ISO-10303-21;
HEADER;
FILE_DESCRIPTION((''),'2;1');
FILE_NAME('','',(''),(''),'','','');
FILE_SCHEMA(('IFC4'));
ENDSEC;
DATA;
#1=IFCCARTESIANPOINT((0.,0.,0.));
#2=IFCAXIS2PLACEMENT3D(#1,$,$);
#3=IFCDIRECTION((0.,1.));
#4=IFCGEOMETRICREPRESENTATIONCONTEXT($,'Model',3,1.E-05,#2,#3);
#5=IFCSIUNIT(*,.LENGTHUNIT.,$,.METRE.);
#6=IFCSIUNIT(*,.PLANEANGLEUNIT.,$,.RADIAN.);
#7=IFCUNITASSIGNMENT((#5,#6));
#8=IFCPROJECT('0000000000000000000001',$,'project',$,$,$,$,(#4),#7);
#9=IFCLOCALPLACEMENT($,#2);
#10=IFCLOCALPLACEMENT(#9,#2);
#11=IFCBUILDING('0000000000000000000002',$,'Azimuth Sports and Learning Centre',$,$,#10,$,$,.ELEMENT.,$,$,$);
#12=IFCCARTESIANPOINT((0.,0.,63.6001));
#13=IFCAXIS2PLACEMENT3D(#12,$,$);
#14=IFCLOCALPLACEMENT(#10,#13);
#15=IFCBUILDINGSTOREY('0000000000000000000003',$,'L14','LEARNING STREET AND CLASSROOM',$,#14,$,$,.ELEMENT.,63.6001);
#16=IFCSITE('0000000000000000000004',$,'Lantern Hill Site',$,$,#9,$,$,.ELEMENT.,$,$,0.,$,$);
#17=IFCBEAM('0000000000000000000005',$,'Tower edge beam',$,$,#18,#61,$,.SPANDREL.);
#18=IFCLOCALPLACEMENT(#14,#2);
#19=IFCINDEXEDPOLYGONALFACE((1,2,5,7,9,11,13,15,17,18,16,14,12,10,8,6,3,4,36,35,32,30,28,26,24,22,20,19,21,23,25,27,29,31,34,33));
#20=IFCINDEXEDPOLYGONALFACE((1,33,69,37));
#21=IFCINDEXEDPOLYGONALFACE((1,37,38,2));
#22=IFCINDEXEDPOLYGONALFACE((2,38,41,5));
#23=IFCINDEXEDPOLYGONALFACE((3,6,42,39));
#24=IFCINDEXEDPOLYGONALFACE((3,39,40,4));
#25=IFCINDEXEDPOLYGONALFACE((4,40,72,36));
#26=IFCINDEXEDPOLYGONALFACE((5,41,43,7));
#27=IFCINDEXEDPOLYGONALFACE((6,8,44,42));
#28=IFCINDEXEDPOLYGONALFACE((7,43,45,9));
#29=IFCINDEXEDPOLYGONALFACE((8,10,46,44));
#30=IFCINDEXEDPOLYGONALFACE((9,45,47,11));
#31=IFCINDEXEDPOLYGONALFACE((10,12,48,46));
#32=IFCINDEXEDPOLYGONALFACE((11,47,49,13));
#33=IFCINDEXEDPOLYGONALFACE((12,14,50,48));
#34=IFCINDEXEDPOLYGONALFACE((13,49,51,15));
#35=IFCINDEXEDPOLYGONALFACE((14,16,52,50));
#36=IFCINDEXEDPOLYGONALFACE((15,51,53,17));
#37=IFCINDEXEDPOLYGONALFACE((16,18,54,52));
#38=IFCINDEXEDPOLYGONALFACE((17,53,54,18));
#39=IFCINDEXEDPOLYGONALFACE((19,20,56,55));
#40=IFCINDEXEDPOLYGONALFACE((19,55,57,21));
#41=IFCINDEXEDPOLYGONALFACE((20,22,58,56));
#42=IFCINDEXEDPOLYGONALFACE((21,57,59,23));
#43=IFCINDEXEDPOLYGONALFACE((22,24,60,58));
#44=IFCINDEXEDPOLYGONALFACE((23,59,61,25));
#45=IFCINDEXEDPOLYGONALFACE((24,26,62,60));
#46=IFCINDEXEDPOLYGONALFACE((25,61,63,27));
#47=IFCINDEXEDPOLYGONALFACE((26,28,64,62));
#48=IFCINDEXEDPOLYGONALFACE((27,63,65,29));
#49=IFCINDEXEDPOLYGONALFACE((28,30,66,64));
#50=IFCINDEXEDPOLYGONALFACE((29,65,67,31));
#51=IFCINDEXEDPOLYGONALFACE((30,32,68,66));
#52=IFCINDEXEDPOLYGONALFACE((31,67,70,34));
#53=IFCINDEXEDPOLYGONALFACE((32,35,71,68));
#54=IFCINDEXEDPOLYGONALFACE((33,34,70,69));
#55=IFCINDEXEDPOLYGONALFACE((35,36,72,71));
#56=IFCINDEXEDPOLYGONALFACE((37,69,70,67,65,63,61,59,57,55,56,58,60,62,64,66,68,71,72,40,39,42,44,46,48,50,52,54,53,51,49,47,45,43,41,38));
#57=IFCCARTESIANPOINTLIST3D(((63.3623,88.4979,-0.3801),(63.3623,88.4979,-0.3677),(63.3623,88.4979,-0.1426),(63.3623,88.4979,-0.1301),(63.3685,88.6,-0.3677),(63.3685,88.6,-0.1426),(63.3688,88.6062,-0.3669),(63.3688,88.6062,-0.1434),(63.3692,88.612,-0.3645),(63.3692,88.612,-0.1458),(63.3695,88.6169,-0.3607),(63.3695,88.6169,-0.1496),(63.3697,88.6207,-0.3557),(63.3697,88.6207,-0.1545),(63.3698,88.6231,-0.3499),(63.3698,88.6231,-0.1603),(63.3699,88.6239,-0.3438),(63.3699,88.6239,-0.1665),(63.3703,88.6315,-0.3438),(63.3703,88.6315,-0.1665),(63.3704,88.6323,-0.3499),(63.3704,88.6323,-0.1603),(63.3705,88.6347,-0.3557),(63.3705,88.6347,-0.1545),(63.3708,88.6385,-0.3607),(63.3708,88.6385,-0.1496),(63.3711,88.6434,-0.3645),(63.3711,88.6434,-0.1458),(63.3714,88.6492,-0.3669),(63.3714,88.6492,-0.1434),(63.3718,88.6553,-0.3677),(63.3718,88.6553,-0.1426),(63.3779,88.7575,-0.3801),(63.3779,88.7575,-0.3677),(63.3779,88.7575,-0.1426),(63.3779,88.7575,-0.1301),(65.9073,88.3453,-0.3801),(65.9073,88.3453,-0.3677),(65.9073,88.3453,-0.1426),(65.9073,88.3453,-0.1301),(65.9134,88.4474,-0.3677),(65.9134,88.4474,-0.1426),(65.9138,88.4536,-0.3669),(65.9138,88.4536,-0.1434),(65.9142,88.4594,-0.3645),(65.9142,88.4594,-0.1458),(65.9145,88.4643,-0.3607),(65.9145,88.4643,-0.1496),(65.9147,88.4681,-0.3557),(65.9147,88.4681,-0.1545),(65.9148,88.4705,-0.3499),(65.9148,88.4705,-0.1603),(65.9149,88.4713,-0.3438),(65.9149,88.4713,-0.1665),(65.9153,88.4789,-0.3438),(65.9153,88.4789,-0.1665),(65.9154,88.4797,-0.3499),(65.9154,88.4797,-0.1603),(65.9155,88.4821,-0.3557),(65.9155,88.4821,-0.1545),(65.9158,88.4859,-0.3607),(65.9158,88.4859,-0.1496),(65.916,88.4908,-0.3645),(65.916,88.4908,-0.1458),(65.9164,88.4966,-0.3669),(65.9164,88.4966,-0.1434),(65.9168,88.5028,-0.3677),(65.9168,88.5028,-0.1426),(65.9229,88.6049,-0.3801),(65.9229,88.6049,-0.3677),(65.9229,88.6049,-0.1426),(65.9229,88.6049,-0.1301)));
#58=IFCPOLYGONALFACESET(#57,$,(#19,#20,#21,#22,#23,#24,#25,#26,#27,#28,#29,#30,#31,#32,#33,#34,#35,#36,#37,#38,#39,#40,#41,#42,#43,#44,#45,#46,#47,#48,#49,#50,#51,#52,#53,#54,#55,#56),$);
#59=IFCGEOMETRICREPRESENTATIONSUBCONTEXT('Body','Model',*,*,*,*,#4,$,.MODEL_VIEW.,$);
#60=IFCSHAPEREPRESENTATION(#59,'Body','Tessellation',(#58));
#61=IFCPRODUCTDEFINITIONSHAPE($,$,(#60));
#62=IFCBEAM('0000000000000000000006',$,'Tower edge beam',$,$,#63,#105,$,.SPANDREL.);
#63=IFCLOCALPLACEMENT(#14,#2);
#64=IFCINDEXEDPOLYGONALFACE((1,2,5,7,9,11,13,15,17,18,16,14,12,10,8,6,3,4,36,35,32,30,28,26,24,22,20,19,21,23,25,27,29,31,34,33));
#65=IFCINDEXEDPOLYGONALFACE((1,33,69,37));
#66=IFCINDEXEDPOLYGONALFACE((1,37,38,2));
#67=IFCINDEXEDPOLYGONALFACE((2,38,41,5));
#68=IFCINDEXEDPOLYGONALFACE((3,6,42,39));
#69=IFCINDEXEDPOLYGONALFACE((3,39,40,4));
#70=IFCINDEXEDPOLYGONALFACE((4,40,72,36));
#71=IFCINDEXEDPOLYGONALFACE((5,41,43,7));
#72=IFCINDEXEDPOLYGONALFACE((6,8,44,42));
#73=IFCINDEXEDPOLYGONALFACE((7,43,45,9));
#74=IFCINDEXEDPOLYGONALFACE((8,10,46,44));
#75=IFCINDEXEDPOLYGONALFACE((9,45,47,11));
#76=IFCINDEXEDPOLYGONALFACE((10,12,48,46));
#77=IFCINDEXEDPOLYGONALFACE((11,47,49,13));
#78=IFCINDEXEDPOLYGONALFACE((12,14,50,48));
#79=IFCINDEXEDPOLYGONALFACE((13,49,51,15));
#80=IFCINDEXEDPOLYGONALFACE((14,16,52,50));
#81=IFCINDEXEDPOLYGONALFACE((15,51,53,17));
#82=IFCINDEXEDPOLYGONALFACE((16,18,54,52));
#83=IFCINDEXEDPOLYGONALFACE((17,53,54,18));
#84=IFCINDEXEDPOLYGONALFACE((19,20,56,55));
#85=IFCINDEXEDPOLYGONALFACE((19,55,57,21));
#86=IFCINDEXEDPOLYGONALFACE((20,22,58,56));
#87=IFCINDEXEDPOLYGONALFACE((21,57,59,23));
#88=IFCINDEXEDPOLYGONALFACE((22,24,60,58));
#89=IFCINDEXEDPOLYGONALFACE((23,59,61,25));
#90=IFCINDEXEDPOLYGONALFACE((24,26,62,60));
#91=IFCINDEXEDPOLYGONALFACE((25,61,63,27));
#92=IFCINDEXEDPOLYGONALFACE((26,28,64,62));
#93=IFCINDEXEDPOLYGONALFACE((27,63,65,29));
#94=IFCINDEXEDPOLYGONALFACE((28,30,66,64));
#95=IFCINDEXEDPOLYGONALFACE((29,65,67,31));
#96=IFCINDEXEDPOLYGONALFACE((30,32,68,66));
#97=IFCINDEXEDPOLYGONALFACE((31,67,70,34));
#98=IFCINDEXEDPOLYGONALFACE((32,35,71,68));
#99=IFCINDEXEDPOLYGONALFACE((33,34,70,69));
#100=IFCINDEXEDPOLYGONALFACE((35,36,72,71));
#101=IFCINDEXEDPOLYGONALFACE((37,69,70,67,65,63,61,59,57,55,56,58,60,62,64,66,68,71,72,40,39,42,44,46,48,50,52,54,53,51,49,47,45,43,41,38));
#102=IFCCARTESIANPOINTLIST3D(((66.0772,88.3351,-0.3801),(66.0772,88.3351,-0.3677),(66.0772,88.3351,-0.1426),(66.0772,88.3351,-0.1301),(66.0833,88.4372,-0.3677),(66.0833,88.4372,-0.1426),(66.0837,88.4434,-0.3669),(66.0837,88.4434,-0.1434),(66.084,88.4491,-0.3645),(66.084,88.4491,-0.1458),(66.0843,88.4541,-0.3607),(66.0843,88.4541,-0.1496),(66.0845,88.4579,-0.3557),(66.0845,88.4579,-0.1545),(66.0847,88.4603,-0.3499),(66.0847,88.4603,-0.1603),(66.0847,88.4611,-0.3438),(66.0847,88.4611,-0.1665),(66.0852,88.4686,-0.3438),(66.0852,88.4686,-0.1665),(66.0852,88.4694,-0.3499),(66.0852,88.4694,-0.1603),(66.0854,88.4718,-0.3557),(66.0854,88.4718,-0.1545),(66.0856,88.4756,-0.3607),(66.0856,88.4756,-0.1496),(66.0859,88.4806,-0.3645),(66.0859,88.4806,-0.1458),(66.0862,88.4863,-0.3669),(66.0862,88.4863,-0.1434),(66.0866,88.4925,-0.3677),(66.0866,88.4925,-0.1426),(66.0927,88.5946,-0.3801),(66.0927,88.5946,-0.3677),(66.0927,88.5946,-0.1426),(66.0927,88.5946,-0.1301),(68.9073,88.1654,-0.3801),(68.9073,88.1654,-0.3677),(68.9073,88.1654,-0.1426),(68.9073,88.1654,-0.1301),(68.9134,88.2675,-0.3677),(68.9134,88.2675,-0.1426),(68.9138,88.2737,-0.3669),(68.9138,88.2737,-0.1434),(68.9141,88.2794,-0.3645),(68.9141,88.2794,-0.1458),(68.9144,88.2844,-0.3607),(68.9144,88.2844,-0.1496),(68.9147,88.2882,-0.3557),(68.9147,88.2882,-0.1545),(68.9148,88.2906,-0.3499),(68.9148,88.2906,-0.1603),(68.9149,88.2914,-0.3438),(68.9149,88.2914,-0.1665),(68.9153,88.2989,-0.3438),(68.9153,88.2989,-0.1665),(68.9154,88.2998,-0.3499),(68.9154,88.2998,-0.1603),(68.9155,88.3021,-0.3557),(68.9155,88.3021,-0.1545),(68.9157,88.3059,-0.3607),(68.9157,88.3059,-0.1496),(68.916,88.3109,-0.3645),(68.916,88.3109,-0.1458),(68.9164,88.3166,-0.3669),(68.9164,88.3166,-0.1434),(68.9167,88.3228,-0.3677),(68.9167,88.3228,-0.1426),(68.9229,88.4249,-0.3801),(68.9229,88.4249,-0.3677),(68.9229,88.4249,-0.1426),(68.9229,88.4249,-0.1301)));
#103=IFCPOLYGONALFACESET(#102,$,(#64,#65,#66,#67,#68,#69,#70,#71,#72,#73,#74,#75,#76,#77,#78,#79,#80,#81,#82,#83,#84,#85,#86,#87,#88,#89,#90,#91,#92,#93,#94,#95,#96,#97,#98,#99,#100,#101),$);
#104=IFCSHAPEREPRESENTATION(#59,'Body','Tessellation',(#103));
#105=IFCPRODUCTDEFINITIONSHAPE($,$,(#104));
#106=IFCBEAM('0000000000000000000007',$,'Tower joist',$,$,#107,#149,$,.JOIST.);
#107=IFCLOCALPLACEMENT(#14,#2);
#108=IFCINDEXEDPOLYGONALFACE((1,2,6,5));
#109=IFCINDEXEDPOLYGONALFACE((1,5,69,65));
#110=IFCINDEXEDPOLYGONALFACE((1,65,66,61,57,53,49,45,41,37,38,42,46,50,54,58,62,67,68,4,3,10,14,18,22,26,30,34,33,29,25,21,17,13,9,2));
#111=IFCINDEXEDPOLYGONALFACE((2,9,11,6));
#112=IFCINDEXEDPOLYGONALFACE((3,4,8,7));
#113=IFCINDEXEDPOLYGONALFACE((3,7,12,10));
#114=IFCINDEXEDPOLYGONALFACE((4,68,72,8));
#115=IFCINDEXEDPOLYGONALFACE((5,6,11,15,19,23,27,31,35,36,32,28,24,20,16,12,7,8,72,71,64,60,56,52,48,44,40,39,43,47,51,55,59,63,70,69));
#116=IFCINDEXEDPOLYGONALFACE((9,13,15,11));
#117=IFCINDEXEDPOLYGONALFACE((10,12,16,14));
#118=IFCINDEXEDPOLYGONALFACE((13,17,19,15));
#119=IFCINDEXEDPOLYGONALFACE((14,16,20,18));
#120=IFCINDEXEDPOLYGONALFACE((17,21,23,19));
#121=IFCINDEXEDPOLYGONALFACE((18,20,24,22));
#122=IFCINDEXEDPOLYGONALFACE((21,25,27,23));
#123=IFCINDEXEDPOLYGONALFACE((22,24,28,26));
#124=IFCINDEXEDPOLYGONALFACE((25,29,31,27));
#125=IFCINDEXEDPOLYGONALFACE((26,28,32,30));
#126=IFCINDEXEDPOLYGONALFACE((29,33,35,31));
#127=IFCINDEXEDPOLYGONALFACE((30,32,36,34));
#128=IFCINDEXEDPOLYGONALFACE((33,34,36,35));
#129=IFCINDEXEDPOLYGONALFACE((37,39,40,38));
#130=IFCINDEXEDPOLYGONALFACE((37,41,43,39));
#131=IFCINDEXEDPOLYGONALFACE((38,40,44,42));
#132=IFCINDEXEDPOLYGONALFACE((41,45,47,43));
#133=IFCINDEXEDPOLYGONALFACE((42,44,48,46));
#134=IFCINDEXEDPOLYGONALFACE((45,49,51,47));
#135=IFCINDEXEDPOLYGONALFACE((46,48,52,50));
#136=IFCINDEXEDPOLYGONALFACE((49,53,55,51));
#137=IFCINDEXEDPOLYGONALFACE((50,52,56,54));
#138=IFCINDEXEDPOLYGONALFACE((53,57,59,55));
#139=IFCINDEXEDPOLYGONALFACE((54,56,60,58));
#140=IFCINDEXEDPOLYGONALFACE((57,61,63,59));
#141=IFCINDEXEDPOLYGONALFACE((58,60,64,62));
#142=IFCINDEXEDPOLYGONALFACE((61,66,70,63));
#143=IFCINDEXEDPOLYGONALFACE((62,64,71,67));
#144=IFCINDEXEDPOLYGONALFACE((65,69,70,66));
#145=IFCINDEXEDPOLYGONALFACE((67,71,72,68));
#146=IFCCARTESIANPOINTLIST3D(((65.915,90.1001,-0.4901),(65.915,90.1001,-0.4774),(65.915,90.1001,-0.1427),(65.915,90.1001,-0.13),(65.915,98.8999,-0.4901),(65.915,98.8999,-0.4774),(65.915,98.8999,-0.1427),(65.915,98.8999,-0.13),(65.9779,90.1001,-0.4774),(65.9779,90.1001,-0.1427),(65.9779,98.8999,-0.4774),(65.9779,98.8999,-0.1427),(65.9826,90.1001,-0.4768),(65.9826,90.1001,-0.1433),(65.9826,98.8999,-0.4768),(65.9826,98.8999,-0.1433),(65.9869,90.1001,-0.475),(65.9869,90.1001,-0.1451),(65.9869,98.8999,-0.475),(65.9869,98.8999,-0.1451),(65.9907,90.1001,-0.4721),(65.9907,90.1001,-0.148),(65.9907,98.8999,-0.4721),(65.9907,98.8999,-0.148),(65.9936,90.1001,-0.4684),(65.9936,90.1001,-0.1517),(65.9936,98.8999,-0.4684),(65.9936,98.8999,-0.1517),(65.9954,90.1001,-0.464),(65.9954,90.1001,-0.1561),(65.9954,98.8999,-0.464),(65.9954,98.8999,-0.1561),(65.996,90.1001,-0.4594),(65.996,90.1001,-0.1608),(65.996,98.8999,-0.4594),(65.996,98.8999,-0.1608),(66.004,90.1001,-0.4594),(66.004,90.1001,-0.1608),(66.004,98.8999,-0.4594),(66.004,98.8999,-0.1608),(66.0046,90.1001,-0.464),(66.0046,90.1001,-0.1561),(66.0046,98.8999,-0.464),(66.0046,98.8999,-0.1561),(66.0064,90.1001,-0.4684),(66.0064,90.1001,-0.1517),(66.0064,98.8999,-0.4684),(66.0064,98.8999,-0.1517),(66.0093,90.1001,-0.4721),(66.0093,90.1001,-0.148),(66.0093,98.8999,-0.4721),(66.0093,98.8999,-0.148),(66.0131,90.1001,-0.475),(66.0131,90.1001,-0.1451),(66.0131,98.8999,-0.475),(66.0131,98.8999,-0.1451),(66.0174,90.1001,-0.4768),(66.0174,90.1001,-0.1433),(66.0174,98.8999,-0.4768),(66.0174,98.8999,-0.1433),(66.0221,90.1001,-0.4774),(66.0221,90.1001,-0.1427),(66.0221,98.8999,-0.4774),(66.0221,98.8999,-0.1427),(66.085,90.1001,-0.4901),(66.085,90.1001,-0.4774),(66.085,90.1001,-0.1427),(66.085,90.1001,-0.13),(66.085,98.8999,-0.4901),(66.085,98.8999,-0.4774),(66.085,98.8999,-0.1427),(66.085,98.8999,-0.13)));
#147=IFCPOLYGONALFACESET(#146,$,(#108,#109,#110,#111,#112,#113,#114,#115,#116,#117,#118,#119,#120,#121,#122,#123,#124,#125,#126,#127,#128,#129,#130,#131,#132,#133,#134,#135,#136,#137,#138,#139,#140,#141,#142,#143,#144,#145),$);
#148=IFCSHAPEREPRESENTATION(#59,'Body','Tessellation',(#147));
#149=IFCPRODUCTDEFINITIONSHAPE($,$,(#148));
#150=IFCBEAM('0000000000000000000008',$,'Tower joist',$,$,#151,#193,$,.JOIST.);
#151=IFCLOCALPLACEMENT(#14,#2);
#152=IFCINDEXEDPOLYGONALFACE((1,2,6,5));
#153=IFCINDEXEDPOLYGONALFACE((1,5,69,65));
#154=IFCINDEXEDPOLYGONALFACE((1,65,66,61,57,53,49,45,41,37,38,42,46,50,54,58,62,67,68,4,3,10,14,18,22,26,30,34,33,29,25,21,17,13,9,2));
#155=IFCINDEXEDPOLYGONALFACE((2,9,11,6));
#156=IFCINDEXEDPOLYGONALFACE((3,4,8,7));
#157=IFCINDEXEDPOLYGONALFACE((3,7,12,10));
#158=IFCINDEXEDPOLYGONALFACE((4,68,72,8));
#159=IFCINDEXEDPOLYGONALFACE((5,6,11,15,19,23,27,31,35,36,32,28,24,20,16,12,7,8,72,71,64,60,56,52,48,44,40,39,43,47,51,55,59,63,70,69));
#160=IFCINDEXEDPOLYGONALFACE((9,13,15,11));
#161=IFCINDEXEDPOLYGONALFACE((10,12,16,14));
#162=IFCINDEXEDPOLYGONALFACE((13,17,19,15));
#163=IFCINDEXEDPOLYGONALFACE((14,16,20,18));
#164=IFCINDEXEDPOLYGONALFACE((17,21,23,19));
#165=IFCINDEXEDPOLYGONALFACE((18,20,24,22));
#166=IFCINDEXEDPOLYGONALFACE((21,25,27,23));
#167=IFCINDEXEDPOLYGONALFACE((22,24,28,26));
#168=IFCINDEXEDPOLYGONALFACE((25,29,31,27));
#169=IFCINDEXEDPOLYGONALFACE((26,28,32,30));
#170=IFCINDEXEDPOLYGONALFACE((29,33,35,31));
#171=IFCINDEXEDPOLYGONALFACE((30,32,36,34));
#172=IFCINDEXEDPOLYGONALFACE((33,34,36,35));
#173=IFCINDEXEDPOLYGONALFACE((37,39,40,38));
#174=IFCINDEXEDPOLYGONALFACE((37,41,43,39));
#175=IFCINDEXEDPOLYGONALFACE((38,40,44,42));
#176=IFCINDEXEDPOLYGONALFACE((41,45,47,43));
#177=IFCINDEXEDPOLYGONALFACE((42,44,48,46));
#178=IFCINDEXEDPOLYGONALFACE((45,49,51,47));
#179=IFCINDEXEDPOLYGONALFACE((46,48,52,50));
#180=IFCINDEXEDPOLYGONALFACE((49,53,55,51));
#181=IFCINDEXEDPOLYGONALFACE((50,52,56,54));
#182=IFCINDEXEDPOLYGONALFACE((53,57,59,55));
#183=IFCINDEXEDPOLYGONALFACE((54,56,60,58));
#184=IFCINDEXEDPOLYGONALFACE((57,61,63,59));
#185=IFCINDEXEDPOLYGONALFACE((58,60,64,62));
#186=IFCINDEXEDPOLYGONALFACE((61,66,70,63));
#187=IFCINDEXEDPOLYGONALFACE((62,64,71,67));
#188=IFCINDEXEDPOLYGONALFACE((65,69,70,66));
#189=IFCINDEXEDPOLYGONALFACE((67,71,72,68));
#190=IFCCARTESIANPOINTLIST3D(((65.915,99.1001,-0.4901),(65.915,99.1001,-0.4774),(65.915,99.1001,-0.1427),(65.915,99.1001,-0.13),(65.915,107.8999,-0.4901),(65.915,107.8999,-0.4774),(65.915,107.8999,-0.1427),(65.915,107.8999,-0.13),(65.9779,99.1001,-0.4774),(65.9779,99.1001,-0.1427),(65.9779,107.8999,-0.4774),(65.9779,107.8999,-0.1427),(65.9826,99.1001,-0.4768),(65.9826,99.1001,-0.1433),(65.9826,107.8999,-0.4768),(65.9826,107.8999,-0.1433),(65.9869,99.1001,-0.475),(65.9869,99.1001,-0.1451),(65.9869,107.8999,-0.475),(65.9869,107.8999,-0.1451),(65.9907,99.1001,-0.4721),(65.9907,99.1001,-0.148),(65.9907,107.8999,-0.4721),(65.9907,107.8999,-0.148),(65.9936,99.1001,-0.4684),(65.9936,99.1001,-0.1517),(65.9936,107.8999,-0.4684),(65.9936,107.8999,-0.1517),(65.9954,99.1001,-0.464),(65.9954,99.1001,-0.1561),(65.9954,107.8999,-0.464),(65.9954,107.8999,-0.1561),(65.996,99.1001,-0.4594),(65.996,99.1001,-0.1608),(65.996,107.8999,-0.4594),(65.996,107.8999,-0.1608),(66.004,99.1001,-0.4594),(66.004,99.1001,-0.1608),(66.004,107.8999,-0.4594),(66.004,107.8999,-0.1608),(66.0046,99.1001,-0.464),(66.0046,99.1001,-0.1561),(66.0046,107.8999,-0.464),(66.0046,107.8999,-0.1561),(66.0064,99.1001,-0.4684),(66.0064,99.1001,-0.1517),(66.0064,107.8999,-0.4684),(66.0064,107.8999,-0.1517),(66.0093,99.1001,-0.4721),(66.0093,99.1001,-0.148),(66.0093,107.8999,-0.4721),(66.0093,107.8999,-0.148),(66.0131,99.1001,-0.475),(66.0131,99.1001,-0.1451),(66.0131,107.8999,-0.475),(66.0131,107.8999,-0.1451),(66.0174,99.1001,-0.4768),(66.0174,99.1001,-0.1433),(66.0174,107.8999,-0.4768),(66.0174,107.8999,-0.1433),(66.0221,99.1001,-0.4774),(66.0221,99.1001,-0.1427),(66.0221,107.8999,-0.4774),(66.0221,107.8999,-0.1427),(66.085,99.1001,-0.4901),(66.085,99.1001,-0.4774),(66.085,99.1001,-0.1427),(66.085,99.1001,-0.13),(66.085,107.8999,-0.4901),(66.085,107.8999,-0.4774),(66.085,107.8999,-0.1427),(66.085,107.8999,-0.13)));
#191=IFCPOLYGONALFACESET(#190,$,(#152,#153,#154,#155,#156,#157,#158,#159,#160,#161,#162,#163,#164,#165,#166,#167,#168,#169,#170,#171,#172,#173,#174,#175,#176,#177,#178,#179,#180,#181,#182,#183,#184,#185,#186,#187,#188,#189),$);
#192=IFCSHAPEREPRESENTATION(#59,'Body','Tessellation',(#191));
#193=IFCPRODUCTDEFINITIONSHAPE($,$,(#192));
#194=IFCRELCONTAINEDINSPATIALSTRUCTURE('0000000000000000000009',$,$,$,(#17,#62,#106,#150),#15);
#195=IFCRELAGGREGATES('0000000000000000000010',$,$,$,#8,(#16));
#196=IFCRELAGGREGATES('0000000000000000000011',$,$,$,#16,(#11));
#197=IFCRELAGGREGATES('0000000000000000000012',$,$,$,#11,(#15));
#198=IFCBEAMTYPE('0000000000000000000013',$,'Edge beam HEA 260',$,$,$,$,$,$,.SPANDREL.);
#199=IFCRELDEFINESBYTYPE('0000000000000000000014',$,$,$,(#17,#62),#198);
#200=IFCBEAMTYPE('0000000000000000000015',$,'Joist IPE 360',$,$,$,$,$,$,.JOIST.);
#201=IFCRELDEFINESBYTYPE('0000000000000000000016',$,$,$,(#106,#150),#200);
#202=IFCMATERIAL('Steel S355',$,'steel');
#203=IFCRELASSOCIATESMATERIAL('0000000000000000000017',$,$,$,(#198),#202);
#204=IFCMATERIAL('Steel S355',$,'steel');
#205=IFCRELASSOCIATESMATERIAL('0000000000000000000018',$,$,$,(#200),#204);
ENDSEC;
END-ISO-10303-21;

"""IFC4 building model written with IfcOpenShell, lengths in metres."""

from ifc_helpers import new_model, si_unit, direction, frame, origin, origin_2d, place, context, subcontext, project, spatial, i_section, extrude, material, material_profile, profile_set, type_object, element, save


model = new_model("IFC4")

# Units and contexts
model_context = context("Model", 3, precision=1e-05, world=origin(), true_north=direction((0.0, 1.0)))
body_context = subcontext(model_context, "Body", "Model", "MODEL_VIEW")
ifc_project = project(units=[si_unit("LENGTHUNIT", "METRE"), si_unit("PLANEANGLEUNIT", "RADIAN")], contexts=[model_context])

# Site, building, storey
site_placement = place(None, origin())
site = spatial("IfcSite", under=ifc_project, at=site_placement, Name="Lantern Hill Site", CompositionType="ELEMENT", RefElevation=0.0)
building_placement = place(site_placement, origin())
building = spatial("IfcBuilding", under=site, at=building_placement, Name="Azimuth Sports and Learning Centre", CompositionType="ELEMENT")
storey_placement = place(building_placement, frame((0.0, 0.0, 63.6001)))
storey = spatial("IfcBuildingStorey", under=building, at=storey_placement, Name="L14", Description="LEARNING STREET AND CLASSROOM", CompositionType="ELEMENT", Elevation=63.6001)

# Beams
ifc_material_1 = material(Name="Steel S355", Category="steel")
ifc_material_profile_1 = material_profile(ifc_material_1, i_section(OverallWidth=0.26, OverallDepth=0.25, WebThickness=0.0076, FlangeThickness=0.0125, FilletRadius=0.0239, at=origin_2d()), Name="HEA 260")
ifc_profile_set_1 = profile_set([ifc_material_profile_1], Name="Steel S355")
beam_type_1 = type_object("IfcBeamType", Name="Edge beam HEA 260", PredefinedType="SPANDREL", material=ifc_profile_set_1)
beam_1_placement = place(storey_placement, frame((63.3701, 88.6277, -0.2551), z_axis=(0.998207, -0.05985, 0.0), x_axis=(0.05985, 0.998207, 0.0)))
element("IfcBeam", 1, at=beam_1_placement, inside=storey, type_object=beam_type_1, Name="Tower edge beam", PredefinedType="SPANDREL", context=body_context, shape_type="SweptSolid", body=[
    extrude(i_section(OverallWidth=0.26, OverallDepth=0.25, WebThickness=0.0076, FlangeThickness=0.0125, FilletRadius=0.0239, at=origin_2d()), origin(), (0.0, 0.0, 1.0), 2.5496),
])
beam_2_placement = place(storey_placement, frame((66.085, 88.4648, -0.2551), z_axis=(0.998208, -0.059848, 0.0), x_axis=(0.059848, 0.998208, 0.0)))
element("IfcBeam", 2, at=beam_2_placement, inside=storey, type_object=beam_type_1, Name="Tower edge beam", PredefinedType="SPANDREL", context=body_context, shape_type="SweptSolid", body=[
    extrude(i_section(OverallWidth=0.26, OverallDepth=0.25, WebThickness=0.0076, FlangeThickness=0.0125, FilletRadius=0.0239, at=origin_2d()), origin(), (0.0, 0.0, 1.0), 2.8352),
])
ifc_material_2 = material(Name="Steel S355", Category="steel")
ifc_material_profile_2 = material_profile(ifc_material_2, i_section(OverallWidth=0.1699, OverallDepth=0.3601, WebThickness=0.0081, FlangeThickness=0.0127, FilletRadius=0.0181, at=origin_2d()), Name="IPE 360")
ifc_profile_set_2 = profile_set([ifc_material_profile_2], Name="Steel S355")
beam_type_2 = type_object("IfcBeamType", Name="Joist IPE 360", PredefinedType="JOIST", material=ifc_profile_set_2)
for number, where, z_axis, x_axis, name in (
    (3, (66.0, 90.1001, -0.3101), (0.0, 1.0, 0.0), (-1.0, 0.0, 0.0), "Tower joist"),
    (4, (66.0, 99.1001, -0.3101), (0.0, 1.0, 0.0), (-1.0, 0.0, 0.0), "Tower joist"),
):
    element("IfcBeam", number, at=place(storey_placement, frame(where, z_axis=z_axis, x_axis=x_axis)), inside=storey, type_object=beam_type_2, Name=name, PredefinedType="JOIST", context=body_context, shape_type="SweptSolid", body=[
        extrude(i_section(OverallWidth=0.1699, OverallDepth=0.3601, WebThickness=0.0081, FlangeThickness=0.0127, FilletRadius=0.0181, at=origin_2d()), origin(), (0.0, 0.0, 1.0), 8.7998),
    ])

save(model, "model.ifc")
